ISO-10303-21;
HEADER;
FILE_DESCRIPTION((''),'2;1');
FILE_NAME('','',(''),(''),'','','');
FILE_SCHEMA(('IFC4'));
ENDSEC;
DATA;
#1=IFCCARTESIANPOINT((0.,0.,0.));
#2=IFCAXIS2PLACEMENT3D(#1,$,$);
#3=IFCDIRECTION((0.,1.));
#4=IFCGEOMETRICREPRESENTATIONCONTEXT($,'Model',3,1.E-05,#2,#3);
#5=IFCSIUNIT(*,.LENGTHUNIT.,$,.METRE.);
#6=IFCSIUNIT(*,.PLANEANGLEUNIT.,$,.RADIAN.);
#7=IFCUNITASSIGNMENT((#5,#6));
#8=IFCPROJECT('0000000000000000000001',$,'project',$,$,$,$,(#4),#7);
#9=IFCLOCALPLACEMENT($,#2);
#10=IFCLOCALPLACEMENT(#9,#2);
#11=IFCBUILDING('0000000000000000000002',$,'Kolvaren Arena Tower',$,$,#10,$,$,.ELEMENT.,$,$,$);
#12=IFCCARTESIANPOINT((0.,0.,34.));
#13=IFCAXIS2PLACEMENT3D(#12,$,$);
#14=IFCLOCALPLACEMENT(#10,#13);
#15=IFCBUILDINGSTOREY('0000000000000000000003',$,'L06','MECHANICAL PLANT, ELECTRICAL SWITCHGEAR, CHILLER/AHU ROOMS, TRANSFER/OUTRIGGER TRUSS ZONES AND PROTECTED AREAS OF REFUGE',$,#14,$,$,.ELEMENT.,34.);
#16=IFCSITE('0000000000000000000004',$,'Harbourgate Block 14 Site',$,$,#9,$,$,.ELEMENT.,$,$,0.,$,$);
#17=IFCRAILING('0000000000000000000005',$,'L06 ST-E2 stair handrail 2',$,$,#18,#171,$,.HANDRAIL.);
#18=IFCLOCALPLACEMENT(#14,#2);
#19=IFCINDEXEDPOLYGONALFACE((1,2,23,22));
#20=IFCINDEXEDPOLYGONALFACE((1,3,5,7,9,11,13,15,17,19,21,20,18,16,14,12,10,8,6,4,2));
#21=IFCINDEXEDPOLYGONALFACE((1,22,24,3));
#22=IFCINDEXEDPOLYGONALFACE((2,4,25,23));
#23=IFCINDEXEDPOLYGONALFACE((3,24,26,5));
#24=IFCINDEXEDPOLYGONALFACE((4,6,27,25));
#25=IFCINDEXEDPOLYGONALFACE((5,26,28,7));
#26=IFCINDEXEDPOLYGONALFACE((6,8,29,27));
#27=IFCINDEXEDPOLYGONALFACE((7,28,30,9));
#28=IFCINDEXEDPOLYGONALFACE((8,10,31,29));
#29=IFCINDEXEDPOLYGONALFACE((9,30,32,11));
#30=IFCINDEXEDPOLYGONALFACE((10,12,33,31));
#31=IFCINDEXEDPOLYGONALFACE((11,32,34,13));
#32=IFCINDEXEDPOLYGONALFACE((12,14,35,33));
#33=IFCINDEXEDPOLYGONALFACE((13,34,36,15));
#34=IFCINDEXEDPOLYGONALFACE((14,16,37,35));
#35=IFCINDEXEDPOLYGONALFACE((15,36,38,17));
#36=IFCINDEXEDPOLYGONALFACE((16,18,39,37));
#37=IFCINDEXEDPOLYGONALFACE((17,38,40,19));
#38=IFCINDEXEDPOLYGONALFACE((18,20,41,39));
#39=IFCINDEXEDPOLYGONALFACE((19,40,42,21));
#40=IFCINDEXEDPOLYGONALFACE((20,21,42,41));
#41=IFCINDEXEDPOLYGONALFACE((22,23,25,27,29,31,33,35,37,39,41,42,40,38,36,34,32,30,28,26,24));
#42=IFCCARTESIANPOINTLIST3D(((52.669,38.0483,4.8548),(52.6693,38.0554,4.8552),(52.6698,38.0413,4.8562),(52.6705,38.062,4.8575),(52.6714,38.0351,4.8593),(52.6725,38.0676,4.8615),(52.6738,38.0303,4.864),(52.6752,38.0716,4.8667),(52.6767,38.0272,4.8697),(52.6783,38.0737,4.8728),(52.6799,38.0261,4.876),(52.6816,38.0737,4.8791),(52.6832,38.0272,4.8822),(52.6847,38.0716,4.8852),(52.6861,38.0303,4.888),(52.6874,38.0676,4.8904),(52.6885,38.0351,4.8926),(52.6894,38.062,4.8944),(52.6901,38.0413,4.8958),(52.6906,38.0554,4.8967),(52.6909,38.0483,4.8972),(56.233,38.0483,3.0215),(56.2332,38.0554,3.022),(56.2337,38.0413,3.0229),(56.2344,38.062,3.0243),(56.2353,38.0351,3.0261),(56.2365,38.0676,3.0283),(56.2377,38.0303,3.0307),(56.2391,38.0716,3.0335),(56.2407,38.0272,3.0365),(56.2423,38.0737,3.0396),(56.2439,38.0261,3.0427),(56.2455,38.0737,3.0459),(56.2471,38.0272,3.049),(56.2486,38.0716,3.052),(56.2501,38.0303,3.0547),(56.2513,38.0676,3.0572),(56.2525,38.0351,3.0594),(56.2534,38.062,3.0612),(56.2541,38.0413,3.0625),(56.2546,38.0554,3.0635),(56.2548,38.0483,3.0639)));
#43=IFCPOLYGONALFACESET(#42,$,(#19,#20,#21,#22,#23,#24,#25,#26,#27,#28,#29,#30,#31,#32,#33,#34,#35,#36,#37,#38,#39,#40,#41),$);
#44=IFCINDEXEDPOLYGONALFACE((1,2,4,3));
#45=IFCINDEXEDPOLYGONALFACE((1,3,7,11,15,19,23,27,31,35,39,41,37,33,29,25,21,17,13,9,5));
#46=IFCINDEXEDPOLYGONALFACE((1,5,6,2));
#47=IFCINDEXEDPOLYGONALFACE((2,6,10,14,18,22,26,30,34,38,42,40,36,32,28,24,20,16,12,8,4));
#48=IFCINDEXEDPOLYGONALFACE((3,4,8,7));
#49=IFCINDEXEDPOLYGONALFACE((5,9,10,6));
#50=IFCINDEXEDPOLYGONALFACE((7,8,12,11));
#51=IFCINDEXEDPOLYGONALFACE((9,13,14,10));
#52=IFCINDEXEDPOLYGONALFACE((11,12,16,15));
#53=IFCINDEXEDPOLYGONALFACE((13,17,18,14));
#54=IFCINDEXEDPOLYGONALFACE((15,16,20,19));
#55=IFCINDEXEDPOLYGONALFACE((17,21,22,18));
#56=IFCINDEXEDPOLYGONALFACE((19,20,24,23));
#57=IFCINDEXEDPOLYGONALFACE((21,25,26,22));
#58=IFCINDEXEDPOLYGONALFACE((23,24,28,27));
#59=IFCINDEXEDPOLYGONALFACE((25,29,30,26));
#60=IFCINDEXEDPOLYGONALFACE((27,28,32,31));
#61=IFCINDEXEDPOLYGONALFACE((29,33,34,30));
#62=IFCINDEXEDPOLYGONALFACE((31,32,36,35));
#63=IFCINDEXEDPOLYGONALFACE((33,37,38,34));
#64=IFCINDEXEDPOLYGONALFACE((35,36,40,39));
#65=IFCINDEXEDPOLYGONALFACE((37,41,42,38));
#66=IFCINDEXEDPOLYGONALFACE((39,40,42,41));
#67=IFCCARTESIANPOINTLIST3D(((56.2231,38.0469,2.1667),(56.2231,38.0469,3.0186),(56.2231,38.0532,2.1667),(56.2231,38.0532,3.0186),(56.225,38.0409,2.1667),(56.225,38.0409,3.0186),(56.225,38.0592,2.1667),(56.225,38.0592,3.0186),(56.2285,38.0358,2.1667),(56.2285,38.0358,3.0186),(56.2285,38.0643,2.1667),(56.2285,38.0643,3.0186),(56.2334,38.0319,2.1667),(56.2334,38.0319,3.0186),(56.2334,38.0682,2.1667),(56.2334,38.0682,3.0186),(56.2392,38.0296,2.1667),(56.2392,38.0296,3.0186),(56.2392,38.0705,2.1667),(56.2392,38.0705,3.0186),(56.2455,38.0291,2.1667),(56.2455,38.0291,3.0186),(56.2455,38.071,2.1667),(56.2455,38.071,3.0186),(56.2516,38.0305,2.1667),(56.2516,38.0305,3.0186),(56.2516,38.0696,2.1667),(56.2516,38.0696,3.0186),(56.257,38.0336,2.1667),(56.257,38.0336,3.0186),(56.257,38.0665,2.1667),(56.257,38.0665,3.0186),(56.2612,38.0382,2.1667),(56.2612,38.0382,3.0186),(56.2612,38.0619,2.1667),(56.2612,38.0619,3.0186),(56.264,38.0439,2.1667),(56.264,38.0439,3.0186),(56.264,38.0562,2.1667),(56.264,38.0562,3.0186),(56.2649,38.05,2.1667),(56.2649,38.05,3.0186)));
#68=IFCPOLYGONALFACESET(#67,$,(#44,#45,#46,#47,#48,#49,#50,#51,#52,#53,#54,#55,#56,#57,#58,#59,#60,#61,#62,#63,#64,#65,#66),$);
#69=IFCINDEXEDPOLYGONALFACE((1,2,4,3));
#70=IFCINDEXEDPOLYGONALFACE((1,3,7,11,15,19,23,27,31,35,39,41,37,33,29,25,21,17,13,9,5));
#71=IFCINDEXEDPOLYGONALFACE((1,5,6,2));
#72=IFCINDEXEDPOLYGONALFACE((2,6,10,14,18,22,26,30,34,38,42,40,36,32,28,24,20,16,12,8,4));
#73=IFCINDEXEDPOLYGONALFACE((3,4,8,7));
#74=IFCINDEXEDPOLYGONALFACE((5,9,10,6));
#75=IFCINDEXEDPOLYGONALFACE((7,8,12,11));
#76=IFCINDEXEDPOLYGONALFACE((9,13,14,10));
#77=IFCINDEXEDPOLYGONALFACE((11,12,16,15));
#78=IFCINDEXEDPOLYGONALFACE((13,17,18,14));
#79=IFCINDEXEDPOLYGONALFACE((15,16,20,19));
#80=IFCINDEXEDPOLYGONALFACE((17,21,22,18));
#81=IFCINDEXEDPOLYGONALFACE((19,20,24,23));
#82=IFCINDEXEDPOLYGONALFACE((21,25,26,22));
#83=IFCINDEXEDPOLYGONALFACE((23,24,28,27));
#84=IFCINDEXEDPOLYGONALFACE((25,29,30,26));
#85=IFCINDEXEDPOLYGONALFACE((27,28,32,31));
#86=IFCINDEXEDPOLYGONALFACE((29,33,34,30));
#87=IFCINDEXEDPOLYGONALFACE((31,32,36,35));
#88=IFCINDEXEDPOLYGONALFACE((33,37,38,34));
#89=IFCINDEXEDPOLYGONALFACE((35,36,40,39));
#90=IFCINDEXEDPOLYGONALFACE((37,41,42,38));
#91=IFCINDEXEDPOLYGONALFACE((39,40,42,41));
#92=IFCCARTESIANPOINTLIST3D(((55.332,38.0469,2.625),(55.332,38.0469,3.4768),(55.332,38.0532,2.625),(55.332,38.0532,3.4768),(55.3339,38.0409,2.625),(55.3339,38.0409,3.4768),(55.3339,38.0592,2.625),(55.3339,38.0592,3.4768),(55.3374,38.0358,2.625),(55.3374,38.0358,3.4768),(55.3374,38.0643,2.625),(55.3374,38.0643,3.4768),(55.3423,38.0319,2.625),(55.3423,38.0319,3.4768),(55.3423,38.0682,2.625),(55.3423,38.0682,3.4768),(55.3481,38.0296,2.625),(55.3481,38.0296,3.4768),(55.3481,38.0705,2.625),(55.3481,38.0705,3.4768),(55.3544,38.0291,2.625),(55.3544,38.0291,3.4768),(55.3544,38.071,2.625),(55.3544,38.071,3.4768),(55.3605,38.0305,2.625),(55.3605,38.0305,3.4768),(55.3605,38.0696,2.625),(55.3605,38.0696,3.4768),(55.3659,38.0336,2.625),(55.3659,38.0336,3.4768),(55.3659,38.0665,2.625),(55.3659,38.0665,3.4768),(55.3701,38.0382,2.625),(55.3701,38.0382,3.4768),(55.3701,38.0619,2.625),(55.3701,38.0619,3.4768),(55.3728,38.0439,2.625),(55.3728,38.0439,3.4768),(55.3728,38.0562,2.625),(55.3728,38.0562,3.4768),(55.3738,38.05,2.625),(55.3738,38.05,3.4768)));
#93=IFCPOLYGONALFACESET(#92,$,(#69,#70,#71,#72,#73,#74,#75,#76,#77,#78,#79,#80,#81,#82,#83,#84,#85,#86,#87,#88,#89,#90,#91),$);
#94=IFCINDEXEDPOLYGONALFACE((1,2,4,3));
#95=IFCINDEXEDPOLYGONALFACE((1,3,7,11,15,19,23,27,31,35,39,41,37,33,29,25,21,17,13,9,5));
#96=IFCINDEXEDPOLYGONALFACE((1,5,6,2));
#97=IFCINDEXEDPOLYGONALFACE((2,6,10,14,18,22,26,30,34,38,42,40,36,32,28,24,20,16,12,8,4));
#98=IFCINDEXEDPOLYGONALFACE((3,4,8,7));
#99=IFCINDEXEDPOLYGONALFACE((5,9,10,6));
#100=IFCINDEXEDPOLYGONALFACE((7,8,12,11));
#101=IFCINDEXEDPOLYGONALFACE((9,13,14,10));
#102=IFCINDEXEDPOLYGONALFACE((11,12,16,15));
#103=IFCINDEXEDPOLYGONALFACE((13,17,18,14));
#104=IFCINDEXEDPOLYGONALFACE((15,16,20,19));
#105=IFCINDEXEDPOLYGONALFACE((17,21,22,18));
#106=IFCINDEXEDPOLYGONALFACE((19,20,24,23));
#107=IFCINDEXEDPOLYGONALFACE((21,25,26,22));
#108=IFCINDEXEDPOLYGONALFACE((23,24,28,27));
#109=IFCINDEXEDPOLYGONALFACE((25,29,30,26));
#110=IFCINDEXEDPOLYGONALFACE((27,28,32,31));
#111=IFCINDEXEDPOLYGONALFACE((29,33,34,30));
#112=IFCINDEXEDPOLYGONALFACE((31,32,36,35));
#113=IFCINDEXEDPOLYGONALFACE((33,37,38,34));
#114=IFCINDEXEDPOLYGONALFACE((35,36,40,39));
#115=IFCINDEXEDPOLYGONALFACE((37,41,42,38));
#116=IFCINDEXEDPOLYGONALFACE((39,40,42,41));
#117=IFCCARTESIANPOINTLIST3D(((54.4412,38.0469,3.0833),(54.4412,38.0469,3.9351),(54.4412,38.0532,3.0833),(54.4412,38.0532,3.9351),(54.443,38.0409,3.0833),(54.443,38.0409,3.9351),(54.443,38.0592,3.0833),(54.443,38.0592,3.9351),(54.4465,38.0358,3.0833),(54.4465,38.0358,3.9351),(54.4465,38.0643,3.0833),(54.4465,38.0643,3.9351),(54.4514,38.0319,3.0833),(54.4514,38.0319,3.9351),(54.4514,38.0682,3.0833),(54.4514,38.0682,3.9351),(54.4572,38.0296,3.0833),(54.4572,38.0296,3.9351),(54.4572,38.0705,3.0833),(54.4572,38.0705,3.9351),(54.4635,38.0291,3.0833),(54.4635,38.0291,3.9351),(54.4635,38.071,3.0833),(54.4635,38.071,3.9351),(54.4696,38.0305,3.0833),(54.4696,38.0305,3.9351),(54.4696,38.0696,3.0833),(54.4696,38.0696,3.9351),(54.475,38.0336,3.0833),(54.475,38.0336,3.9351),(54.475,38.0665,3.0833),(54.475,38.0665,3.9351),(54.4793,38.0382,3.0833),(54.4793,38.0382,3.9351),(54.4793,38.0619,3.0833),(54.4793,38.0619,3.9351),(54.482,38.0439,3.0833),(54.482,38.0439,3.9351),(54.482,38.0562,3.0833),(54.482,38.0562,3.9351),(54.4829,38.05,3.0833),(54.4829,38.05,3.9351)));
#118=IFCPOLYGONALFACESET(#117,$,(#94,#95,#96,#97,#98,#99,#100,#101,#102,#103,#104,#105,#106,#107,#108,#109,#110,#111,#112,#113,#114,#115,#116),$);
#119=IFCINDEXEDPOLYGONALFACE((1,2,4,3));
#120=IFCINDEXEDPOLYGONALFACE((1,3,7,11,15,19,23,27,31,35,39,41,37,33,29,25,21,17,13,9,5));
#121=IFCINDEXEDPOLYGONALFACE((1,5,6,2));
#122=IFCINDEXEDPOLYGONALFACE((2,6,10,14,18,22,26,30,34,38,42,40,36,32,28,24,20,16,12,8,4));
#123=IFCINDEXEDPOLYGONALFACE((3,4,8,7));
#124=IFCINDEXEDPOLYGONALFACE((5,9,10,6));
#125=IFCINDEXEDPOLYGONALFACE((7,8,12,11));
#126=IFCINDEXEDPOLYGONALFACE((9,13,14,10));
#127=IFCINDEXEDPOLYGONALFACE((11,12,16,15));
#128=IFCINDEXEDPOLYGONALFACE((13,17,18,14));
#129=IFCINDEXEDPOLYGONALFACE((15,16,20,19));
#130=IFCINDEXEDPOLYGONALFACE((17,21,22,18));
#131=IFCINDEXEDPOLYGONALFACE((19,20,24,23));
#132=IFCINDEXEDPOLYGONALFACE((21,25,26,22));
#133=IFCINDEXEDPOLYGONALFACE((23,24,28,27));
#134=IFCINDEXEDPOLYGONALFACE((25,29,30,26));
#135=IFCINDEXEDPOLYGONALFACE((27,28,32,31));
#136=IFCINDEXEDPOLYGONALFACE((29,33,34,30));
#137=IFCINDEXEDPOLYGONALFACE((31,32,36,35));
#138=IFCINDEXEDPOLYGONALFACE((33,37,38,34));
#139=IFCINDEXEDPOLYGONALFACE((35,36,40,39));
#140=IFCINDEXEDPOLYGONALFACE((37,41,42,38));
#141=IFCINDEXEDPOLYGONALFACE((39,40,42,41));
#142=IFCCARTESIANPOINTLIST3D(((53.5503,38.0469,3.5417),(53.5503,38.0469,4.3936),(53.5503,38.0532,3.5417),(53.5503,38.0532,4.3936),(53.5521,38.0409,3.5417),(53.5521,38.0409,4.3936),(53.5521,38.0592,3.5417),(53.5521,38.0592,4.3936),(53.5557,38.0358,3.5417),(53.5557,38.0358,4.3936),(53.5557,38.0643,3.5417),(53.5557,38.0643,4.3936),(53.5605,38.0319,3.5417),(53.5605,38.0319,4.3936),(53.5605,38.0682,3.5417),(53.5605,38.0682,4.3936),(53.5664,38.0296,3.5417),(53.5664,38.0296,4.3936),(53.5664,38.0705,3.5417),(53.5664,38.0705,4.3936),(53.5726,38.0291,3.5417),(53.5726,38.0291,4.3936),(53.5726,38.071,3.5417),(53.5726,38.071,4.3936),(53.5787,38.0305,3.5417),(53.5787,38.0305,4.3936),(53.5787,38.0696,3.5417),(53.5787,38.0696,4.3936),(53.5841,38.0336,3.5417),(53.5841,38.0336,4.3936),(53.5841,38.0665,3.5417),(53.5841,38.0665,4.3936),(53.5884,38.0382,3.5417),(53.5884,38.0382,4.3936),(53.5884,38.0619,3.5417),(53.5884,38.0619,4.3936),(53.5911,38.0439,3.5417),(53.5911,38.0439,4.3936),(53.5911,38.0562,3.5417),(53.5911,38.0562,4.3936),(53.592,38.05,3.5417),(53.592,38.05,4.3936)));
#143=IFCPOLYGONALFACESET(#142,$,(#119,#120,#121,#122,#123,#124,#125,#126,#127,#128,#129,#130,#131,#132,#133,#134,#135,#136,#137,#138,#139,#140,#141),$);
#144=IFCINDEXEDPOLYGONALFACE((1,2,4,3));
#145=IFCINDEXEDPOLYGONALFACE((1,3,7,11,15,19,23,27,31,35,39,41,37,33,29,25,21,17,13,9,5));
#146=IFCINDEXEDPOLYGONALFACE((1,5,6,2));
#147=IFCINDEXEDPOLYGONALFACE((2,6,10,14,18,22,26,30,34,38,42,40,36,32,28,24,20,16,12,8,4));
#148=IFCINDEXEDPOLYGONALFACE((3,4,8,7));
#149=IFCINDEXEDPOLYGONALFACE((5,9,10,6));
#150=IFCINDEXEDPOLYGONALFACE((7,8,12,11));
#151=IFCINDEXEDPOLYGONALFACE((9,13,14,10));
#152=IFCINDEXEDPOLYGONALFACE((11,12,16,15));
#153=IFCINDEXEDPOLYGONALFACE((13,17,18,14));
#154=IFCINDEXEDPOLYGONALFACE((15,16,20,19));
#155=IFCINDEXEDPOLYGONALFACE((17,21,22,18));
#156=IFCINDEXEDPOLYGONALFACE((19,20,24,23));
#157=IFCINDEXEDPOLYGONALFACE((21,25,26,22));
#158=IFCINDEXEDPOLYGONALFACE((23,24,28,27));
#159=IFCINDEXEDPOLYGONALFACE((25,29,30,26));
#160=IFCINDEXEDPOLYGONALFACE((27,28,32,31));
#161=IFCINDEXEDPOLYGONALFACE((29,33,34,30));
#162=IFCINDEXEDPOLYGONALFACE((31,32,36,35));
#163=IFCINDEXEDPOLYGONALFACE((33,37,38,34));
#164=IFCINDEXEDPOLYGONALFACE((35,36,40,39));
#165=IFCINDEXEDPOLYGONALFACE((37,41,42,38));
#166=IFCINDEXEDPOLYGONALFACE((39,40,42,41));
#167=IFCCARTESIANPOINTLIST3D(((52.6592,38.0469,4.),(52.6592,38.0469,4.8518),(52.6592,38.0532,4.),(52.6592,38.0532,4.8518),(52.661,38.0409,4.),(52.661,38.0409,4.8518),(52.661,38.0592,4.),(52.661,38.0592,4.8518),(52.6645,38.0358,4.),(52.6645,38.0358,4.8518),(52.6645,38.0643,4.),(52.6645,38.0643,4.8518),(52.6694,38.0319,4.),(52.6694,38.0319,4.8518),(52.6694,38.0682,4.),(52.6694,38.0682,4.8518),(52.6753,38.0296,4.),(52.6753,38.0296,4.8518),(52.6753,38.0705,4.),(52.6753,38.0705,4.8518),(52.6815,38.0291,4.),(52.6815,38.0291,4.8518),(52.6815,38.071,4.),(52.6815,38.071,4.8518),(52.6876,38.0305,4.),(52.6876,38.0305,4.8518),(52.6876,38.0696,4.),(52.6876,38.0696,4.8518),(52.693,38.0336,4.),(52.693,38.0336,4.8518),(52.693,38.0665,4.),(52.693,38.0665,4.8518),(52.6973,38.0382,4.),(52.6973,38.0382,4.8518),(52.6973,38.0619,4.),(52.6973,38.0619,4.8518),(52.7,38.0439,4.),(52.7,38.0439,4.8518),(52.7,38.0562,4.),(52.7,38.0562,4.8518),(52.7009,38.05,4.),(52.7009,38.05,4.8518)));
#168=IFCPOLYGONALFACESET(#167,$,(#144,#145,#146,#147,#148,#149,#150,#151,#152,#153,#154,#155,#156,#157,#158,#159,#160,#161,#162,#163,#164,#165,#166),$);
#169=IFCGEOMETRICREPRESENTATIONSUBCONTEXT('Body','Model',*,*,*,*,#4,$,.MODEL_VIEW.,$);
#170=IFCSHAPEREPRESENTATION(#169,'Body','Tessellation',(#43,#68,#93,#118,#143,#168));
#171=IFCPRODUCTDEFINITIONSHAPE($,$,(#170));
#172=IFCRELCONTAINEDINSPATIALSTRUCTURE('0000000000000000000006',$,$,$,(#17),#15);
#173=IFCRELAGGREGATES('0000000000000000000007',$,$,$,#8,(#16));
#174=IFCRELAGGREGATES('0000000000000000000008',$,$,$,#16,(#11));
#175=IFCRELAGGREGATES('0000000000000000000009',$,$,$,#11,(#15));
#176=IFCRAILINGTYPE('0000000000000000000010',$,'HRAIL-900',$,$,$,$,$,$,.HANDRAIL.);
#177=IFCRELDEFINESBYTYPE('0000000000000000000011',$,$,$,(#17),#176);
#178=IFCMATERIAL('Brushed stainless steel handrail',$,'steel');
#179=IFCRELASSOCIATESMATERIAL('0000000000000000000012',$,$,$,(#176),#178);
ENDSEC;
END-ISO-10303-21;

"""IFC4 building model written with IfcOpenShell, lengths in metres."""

from ifc_helpers import new_model, si_unit, direction, frame, origin, origin_2d, place, context, subcontext, project, spatial, circle, extrude, material, type_object, element, save


model = new_model("IFC4")

# Units and contexts
model_context = context("Model", 3, precision=1e-05, world=origin(), true_north=direction((0.0, 1.0)))
body_context = subcontext(model_context, "Body", "Model", "MODEL_VIEW")
ifc_project = project(units=[si_unit("LENGTHUNIT", "METRE"), si_unit("PLANEANGLEUNIT", "RADIAN")], contexts=[model_context])

# Site, building, storey
site_placement = place(None, origin())
site = spatial("IfcSite", under=ifc_project, at=site_placement, Name="Harbourgate Block 14 Site", CompositionType="ELEMENT", RefElevation=0.0)
building_placement = place(site_placement, origin())
building = spatial("IfcBuilding", under=site, at=building_placement, Name="Kolvaren Arena Tower", CompositionType="ELEMENT")
storey_placement = place(building_placement, frame((0.0, 0.0, 34.0)))
storey = spatial("IfcBuildingStorey", under=building, at=storey_placement, Name="L06", Description="MECHANICAL PLANT, ELECTRICAL SWITCHGEAR, CHILLER/AHU ROOMS, TRANSFER/OUTRIGGER TRUSS ZONES AND PROTECTED AREAS OF REFUGE", CompositionType="ELEMENT", Elevation=34.0)

# Railing
ifc_material_1 = material(Name="Brushed stainless steel handrail", Category="steel")
railing_type_1 = type_object("IfcRailingType", Name="HRAIL-900", PredefinedType="HANDRAIL", material=ifc_material_1)
for number, where, name in (
    (1, (56.2439, 38.05, 2.1667), "L06 ST-E2 stair handrail 2"),
):
    element("IfcRailing", number, at=place(storey_placement, frame(where)), inside=storey, type_object=railing_type_1, Name=name, PredefinedType="HANDRAIL", context=body_context, shape_type="SweptSolid", body=[
        extrude(circle(Radius=0.0239, at=origin_2d()), frame((0.0, 0.0, 0.876), z_axis=(-0.889252, 0.0, 0.457418), x_axis=(0.0, -1.0, 0.0)), (0.0, 0.0, 1.0), 4.0078),
        extrude(circle(Radius=0.021, at=origin_2d()), origin(), (0.0, 0.0, 1.0), 0.8518),
        extrude(circle(Radius=0.021, at=origin_2d()), frame((-0.8911, 0.0, 0.4583)), (0.0, 0.0, 1.0), 0.8518),
        extrude(circle(Radius=0.021, at=origin_2d()), frame((-1.782, 0.0, 0.9165)), (0.0, 0.0, 1.0), 0.8518),
        extrude(circle(Radius=0.021, at=origin_2d()), frame((-2.6729, 0.0, 1.375)), (0.0, 0.0, 1.0), 0.8518),
        extrude(circle(Radius=0.021, at=origin_2d()), frame((-3.564, 0.0, 1.8333)), (0.0, 0.0, 1.0), 0.8518),
    ])

save(model, "model.ifc")
